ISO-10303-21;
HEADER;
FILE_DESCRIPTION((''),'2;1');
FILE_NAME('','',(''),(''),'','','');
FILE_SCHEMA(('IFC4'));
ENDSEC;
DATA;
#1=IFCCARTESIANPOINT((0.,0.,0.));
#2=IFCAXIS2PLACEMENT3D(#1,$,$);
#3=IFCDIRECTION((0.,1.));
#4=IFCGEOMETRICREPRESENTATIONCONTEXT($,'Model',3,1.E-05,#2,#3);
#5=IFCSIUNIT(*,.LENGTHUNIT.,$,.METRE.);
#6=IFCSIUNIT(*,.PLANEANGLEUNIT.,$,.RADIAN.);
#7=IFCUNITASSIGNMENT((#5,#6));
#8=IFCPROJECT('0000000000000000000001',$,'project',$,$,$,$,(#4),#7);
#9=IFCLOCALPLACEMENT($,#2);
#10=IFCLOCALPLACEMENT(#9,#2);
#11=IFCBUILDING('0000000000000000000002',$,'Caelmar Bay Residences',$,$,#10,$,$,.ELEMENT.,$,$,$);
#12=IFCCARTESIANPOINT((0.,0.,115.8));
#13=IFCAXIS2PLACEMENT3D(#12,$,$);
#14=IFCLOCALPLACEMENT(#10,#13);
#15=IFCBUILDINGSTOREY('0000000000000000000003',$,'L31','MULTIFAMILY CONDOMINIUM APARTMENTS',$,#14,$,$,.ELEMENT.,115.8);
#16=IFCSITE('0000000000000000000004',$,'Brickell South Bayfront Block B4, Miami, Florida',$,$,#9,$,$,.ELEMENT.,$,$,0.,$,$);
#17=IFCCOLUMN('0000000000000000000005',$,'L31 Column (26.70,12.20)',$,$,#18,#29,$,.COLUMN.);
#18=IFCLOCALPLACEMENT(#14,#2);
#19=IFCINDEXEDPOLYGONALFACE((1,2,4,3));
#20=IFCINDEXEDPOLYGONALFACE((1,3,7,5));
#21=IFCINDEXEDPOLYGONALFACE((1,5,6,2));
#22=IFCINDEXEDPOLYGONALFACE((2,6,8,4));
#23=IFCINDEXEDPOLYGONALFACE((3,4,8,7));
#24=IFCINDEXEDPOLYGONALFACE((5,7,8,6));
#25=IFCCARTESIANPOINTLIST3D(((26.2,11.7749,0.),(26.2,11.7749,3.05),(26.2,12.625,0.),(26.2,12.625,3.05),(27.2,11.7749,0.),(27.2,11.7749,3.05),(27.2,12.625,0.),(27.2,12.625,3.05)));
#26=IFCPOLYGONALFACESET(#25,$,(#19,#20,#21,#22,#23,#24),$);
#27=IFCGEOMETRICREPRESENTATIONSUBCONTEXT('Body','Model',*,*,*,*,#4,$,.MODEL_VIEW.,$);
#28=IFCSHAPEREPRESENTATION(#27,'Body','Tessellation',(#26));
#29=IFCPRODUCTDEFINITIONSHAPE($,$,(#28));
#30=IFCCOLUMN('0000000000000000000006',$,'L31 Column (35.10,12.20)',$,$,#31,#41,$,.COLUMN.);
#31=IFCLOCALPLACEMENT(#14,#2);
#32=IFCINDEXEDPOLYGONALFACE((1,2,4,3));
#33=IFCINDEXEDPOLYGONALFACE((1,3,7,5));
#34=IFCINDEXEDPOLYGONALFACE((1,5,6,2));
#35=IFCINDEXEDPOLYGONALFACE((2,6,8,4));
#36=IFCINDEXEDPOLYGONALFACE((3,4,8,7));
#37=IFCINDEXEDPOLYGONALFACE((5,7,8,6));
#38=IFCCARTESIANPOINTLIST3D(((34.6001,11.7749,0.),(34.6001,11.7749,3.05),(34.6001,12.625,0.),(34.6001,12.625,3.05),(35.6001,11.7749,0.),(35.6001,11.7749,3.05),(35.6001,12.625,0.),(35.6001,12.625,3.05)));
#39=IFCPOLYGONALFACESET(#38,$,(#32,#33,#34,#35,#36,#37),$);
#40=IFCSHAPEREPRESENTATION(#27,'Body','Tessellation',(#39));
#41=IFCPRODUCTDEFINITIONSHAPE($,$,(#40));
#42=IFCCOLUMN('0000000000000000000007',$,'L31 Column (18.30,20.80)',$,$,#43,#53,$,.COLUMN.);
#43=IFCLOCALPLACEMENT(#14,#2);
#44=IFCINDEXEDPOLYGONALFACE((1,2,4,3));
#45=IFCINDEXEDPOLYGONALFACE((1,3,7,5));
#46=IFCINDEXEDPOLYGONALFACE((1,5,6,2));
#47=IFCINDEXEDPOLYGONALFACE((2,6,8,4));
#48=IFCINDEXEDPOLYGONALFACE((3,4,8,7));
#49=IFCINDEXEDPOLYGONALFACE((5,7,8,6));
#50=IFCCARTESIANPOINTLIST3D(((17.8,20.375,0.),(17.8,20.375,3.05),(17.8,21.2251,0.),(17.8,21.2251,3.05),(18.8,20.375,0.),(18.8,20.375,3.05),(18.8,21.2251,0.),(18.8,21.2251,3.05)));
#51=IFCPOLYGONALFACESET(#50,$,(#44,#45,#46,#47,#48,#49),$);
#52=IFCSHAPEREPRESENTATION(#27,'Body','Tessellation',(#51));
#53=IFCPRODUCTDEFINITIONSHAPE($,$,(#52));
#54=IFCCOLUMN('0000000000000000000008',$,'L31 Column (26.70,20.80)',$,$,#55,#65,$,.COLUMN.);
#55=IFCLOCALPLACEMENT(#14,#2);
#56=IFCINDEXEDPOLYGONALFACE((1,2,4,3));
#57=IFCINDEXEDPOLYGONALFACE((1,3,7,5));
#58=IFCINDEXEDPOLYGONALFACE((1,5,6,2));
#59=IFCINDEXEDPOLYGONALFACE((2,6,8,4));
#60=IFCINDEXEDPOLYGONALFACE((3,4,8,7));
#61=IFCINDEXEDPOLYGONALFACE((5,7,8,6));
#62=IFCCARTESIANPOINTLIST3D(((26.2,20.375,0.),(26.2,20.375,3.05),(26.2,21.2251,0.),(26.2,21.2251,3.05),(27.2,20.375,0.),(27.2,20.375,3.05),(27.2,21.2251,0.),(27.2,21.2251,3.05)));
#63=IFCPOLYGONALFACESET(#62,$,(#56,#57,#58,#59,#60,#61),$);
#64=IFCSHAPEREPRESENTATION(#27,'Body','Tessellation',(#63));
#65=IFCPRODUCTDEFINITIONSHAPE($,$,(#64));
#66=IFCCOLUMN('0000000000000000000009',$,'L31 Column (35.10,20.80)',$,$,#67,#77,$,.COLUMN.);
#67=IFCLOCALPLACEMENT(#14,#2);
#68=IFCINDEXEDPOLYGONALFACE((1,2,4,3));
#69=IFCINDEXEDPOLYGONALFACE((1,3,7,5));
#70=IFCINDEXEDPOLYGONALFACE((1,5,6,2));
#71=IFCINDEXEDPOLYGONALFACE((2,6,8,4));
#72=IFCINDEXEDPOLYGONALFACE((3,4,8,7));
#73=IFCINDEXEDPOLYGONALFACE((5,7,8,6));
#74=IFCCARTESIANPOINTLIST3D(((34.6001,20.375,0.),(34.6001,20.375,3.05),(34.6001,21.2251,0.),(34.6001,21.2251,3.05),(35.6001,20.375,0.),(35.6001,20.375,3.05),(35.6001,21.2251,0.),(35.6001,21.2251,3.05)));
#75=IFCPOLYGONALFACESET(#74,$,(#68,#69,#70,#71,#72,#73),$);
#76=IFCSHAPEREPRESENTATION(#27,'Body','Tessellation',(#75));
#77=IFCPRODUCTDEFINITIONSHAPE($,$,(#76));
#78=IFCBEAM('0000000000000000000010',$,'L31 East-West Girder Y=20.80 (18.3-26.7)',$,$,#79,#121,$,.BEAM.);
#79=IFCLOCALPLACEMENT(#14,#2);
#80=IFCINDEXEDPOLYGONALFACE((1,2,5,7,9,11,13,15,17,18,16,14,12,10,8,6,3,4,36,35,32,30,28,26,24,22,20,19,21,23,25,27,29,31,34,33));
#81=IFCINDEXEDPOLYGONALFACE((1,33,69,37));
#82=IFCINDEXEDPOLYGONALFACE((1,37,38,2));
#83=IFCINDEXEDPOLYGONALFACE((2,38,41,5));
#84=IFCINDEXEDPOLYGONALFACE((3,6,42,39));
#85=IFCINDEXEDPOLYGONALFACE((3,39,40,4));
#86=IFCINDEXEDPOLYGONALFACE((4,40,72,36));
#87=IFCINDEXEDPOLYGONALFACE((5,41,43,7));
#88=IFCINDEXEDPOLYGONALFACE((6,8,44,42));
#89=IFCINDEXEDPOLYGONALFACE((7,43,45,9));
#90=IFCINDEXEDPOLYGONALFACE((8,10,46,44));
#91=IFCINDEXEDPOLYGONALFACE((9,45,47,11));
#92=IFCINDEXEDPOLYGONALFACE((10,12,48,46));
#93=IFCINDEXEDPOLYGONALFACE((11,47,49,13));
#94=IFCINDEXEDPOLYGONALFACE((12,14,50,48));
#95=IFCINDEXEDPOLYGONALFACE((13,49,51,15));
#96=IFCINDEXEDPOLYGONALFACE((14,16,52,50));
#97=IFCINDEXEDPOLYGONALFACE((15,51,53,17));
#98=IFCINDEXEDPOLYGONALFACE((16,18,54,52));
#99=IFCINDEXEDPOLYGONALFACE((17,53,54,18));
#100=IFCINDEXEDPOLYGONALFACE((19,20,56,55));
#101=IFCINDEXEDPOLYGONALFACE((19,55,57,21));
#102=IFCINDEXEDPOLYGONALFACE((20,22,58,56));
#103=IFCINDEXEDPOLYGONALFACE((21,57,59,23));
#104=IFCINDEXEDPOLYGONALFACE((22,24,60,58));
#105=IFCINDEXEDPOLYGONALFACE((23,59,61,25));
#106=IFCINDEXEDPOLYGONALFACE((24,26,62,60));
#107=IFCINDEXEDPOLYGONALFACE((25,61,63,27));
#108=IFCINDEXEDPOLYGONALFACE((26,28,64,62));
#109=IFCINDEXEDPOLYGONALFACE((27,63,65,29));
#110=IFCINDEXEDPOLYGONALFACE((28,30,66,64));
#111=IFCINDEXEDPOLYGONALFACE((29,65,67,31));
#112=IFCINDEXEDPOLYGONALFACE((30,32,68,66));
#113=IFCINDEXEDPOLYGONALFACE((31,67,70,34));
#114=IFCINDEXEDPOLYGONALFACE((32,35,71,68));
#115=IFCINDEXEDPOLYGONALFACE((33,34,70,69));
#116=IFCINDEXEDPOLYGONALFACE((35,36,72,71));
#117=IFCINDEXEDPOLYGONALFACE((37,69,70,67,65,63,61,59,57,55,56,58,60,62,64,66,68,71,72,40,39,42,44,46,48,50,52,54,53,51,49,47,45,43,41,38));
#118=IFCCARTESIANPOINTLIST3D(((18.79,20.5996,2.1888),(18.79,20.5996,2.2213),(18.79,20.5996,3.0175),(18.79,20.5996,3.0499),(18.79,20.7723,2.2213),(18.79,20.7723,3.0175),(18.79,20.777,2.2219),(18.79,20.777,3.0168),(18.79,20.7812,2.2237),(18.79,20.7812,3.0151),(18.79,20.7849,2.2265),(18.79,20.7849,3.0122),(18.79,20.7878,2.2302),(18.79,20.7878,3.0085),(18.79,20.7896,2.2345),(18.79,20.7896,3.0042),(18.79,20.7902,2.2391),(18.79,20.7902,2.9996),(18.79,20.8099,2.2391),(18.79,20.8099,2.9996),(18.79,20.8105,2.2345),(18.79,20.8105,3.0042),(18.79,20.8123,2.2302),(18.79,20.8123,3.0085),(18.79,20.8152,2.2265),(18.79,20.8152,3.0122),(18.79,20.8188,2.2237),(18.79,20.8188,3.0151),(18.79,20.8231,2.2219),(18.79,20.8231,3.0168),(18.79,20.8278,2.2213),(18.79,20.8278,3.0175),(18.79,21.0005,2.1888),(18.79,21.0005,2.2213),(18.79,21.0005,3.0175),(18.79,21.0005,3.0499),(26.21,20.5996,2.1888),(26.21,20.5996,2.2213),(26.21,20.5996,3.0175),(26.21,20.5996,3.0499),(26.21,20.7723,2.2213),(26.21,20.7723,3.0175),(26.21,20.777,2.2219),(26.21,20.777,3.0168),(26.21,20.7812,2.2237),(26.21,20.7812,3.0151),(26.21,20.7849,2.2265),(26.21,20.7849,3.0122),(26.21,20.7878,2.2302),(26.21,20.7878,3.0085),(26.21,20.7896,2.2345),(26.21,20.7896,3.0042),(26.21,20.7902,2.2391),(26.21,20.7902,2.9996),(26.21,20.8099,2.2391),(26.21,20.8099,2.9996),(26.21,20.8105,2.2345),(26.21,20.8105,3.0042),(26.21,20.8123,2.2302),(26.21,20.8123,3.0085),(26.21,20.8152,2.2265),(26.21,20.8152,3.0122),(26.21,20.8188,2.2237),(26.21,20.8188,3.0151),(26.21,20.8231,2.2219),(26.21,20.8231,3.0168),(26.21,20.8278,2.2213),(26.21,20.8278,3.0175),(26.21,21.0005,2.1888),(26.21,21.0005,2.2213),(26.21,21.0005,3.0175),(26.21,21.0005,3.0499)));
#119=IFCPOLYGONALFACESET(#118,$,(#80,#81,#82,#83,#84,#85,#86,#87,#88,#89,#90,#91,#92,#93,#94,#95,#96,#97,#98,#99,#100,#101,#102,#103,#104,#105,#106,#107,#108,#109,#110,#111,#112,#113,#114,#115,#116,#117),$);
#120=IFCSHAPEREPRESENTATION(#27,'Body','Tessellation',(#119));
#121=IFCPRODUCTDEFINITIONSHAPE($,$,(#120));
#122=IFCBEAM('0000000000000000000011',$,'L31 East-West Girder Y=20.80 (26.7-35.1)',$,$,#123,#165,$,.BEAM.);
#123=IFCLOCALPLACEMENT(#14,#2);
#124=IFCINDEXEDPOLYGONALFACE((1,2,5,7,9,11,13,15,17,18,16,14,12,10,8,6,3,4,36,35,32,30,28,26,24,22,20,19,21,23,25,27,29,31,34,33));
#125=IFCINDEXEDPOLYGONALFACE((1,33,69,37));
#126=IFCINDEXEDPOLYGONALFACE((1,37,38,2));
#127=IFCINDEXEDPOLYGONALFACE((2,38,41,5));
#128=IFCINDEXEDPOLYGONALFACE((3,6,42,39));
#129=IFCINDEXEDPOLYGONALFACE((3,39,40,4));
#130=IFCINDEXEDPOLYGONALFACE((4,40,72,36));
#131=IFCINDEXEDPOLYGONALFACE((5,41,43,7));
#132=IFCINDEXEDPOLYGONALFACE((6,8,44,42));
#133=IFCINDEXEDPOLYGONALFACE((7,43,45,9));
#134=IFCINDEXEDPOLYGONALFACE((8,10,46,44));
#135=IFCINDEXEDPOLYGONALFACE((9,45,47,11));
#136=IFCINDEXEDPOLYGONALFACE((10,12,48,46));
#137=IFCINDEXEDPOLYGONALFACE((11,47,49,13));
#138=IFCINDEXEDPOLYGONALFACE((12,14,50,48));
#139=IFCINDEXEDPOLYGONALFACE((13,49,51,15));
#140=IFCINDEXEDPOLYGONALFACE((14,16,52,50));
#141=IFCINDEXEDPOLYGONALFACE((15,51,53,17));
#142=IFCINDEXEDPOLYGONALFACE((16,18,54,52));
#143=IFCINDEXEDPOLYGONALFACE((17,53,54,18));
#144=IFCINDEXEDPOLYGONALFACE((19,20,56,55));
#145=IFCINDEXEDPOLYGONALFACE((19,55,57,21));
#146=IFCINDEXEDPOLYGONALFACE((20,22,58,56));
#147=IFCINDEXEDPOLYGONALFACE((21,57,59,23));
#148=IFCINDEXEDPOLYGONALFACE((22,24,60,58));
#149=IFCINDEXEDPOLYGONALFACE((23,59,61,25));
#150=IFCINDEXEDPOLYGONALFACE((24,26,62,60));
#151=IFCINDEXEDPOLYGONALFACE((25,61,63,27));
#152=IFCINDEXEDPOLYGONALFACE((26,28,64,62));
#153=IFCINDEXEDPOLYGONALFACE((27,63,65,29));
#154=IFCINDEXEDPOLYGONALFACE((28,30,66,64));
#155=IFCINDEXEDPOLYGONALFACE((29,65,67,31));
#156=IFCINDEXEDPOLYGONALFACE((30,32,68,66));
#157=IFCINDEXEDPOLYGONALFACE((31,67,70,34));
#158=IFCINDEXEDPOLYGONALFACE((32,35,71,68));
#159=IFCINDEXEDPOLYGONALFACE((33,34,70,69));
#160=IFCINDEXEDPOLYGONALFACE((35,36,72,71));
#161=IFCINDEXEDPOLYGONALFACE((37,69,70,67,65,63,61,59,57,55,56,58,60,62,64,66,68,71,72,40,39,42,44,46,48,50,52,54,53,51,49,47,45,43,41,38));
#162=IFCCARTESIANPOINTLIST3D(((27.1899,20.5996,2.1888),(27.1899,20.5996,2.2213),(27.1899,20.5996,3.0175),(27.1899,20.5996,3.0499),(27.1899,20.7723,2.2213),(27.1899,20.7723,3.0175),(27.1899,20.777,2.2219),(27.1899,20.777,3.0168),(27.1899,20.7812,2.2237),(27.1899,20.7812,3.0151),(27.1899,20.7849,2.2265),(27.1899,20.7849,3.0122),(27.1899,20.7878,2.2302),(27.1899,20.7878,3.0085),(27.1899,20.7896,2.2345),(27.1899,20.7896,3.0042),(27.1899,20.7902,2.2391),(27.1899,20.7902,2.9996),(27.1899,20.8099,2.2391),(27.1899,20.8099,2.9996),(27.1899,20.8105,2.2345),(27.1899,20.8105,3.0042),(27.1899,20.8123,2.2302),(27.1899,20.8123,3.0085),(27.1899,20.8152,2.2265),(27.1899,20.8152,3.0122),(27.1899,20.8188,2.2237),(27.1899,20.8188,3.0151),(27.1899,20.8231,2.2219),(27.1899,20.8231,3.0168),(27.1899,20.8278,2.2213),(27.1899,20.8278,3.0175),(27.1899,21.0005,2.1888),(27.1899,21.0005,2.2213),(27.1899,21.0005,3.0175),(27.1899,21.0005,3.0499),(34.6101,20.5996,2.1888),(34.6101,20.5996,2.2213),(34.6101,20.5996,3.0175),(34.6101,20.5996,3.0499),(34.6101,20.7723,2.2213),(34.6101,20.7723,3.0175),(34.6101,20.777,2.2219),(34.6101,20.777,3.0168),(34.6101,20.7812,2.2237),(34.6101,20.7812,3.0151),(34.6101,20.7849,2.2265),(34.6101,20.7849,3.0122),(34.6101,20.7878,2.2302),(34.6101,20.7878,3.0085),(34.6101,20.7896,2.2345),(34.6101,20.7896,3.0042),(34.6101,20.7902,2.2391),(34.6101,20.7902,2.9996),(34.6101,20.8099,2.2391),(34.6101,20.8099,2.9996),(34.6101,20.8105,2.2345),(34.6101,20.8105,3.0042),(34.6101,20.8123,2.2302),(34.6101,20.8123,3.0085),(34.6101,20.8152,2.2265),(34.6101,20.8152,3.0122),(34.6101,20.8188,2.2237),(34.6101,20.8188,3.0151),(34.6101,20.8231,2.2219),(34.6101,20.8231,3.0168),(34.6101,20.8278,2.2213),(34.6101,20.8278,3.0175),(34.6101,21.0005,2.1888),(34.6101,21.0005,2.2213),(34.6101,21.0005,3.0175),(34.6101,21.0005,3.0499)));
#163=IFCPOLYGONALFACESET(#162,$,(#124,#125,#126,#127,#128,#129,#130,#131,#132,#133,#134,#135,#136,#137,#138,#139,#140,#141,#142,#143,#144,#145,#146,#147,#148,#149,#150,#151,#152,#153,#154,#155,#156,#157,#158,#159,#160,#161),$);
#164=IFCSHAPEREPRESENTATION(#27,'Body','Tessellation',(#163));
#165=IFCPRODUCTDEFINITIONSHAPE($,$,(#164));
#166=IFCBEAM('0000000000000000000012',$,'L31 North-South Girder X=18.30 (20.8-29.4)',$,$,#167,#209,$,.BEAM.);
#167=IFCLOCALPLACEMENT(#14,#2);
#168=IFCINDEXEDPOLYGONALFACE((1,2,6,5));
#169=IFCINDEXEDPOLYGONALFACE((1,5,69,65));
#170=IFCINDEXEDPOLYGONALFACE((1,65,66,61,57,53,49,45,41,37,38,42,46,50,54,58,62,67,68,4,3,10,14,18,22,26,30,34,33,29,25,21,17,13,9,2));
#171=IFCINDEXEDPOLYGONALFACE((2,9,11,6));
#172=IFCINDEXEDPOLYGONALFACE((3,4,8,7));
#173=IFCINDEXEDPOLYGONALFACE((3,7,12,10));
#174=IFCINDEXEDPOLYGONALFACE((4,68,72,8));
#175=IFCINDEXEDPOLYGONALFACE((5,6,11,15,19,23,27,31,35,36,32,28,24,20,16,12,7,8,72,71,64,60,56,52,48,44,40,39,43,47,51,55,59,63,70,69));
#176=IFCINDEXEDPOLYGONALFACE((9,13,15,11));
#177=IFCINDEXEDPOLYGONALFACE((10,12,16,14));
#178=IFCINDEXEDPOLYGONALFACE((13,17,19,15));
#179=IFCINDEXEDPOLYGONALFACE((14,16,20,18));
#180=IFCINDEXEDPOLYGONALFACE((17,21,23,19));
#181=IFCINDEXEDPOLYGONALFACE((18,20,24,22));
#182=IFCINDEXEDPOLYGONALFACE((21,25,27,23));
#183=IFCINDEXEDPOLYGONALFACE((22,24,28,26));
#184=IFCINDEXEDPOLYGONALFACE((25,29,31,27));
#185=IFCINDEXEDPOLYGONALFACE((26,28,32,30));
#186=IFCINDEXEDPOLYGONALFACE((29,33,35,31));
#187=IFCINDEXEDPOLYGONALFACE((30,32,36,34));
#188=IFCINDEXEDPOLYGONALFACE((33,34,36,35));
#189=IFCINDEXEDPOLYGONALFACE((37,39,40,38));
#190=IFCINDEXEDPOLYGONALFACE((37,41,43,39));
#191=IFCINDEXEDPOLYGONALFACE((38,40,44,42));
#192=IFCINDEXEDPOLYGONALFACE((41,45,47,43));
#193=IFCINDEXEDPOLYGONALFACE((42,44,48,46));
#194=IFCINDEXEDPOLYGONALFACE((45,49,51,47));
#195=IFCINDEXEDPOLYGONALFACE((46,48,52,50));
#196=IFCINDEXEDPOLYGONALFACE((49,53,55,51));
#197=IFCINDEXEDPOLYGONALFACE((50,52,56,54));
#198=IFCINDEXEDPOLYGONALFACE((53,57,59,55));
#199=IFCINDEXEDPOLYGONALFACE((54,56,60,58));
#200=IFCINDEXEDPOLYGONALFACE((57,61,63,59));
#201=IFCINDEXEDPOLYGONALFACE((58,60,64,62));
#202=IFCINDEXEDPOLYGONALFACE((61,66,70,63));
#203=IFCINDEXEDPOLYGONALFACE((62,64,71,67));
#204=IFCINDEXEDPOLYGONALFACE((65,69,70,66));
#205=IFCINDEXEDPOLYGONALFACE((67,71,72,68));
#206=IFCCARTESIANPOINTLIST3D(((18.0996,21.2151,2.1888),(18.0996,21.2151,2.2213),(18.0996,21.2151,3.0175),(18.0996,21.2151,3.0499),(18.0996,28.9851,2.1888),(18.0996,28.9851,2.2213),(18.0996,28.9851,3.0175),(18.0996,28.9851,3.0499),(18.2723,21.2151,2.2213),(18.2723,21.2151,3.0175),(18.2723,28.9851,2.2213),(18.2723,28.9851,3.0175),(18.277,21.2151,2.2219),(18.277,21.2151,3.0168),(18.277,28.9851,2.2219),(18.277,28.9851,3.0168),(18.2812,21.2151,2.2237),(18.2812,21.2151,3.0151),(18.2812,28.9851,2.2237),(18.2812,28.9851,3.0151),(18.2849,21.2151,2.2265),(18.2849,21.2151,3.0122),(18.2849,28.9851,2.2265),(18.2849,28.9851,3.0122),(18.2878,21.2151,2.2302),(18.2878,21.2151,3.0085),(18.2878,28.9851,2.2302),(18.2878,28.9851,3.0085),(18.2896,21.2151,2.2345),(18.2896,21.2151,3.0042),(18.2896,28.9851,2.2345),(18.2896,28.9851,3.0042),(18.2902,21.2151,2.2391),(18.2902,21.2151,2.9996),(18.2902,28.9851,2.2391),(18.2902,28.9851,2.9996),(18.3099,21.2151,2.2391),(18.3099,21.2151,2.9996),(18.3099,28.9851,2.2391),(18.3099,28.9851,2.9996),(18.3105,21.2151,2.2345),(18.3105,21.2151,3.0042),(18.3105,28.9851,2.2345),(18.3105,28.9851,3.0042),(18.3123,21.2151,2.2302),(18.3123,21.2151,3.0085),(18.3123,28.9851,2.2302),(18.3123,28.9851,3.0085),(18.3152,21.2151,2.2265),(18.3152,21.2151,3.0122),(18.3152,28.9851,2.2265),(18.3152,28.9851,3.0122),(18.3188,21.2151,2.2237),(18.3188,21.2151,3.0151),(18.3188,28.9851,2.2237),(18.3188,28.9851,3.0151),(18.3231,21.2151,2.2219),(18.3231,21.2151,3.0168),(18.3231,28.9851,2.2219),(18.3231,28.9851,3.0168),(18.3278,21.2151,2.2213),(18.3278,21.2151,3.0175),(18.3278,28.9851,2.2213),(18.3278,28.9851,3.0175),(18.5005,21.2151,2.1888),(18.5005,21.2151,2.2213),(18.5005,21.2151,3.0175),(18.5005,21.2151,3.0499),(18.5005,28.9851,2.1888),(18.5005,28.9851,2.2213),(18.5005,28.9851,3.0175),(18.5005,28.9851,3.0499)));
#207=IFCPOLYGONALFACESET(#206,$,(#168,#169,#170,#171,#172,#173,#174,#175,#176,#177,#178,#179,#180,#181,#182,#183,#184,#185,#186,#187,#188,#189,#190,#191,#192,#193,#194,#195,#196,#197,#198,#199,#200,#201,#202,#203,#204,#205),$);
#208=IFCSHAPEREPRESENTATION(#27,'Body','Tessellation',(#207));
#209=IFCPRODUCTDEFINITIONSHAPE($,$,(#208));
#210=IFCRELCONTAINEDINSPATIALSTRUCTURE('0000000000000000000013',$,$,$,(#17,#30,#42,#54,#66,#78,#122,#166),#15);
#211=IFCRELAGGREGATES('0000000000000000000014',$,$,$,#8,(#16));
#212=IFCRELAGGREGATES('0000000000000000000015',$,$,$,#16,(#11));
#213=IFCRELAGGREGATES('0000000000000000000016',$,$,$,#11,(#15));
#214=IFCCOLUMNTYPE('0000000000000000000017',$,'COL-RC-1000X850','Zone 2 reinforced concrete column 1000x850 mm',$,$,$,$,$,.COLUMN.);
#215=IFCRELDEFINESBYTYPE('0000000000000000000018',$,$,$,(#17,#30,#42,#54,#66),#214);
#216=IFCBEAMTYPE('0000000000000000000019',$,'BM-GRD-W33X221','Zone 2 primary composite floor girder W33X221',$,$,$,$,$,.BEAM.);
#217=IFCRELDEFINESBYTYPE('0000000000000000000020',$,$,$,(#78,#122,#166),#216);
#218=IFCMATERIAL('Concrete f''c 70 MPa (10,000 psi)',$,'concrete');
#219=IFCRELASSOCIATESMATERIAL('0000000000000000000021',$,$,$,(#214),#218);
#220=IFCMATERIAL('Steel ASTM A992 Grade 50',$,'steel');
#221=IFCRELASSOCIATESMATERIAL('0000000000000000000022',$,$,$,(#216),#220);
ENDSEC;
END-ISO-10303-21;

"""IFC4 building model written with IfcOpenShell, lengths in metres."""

from ifc_helpers import new_model, si_unit, direction, frame, origin, origin_2d, place, context, subcontext, project, spatial, rectangle, i_section, extrude, material, material_profile, profile_set, type_object, element, save


model = new_model("IFC4")

# Units and contexts
model_context = context("Model", 3, precision=1e-05, world=origin(), true_north=direction((0.0, 1.0)))
body_context = subcontext(model_context, "Body", "Model", "MODEL_VIEW")
ifc_project = project(units=[si_unit("LENGTHUNIT", "METRE"), si_unit("PLANEANGLEUNIT", "RADIAN")], contexts=[model_context])

# Site, building, storey
site_placement = place(None, origin())
site = spatial("IfcSite", under=ifc_project, at=site_placement, Name="Brickell South Bayfront Block B4, Miami, Florida", CompositionType="ELEMENT", RefElevation=0.0)
building_placement = place(site_placement, origin())
building = spatial("IfcBuilding", under=site, at=building_placement, Name="Caelmar Bay Residences", CompositionType="ELEMENT")
storey_placement = place(building_placement, frame((0.0, 0.0, 115.8)))
storey = spatial("IfcBuildingStorey", under=building, at=storey_placement, Name="L31", Description="MULTIFAMILY CONDOMINIUM APARTMENTS", CompositionType="ELEMENT", Elevation=115.8)

# Columns
ifc_material_1 = material(Name="Concrete f'c 70 MPa (10,000 psi)", Category="concrete")
ifc_material_profile_1 = material_profile(ifc_material_1, rectangle(XDim=1.0, YDim=0.8501, at=origin_2d()), Name="RC-COL-1000X850")
ifc_profile_set_1 = profile_set([ifc_material_profile_1], Name="Concrete f'c 70 MPa (10,000 psi)")
column_type = type_object("IfcColumnType", Name="COL-RC-1000X850", Description="Zone 2 reinforced concrete column 1000x850 mm", PredefinedType="COLUMN", material=ifc_profile_set_1)
for number, where, z_axis, x_axis, name in (
    (1, (26.7, 12.2, 0.0), (0.0, 0.0, 1.0), (1.0, 0.0, 0.0), "L31 Column (26.70,12.20)"),
    (2, (35.1001, 12.2, 0.0), (0.0, 0.0, 1.0), (1.0, 0.0, 0.0), "L31 Column (35.10,12.20)"),
    (3, (18.3, 20.8, 0.0), (0.0, 0.0, 1.0), (1.0, 0.0, 0.0), "L31 Column (18.30,20.80)"),
    (4, (26.7, 20.8, 0.0), (0.0, 0.0, 1.0), (1.0, 0.0, 0.0), "L31 Column (26.70,20.80)"),
    (5, (35.1001, 20.8, 0.0), (0.0, 0.0, 1.0), (1.0, 0.0, 0.0), "L31 Column (35.10,20.80)"),
):
    element("IfcColumn", number, at=place(storey_placement, frame(where, z_axis=z_axis, x_axis=x_axis)), inside=storey, type_object=column_type, Name=name, PredefinedType="COLUMN", context=body_context, shape_type="SweptSolid", body=[
        extrude(rectangle(XDim=1.0, YDim=0.8501, at=origin_2d()), origin(), (0.0, 0.0, 1.0), 3.05),
    ])

# Beams
ifc_material_2 = material(Name="Steel ASTM A992 Grade 50", Category="steel")
ifc_material_profile_2 = material_profile(ifc_material_2, i_section(OverallWidth=0.4009, OverallDepth=0.8611, WebThickness=0.0198, FlangeThickness=0.0325, FilletRadius=0.0178, at=origin_2d()), Name="W33X221")
ifc_profile_set_2 = profile_set([ifc_material_profile_2], Name="Steel ASTM A992 Grade 50")
beam_type_1 = type_object("IfcBeamType", Name="BM-GRD-W33X221", Description="Zone 2 primary composite floor girder W33X221", PredefinedType="BEAM", material=ifc_profile_set_2)
beam_1_placement = place(storey_placement, frame((18.79, 20.8, 2.6194), z_axis=(1.0, 0.0, 0.0), x_axis=(0.0, 1.0, 0.0)))
element("IfcBeam", 6, at=beam_1_placement, inside=storey, type_object=beam_type_1, Name="L31 East-West Girder Y=20.80 (18.3-26.7)", PredefinedType="BEAM", context=body_context, shape_type="SweptSolid", body=[
    extrude(i_section(OverallWidth=0.4009, OverallDepth=0.8611, WebThickness=0.0198, FlangeThickness=0.0325, FilletRadius=0.0178, at=origin_2d()), origin(), (0.0, 0.0, 1.0), 7.4199),
])
beam_2_placement = place(storey_placement, frame((27.1899, 20.8, 2.6194), z_axis=(1.0, 0.0, 0.0), x_axis=(0.0, 1.0, 0.0)))
element("IfcBeam", 7, at=beam_2_placement, inside=storey, type_object=beam_type_1, Name="L31 East-West Girder Y=20.80 (26.7-35.1)", PredefinedType="BEAM", context=body_context, shape_type="SweptSolid", body=[
    extrude(i_section(OverallWidth=0.4009, OverallDepth=0.8611, WebThickness=0.0198, FlangeThickness=0.0325, FilletRadius=0.0178, at=origin_2d()), origin(), (0.0, 0.0, 1.0), 7.4202),
])
for number, where, z_axis, x_axis, name in (
    (8, (18.3, 21.2151, 2.6194), (0.0, 1.0, 0.0), (-1.0, 0.0, 0.0), "L31 North-South Girder X=18.30 (20.8-29.4)"),
):
    element("IfcBeam", number, at=place(storey_placement, frame(where, z_axis=z_axis, x_axis=x_axis)), inside=storey, type_object=beam_type_1, Name=name, PredefinedType="BEAM", context=body_context, shape_type="SweptSolid", body=[
        extrude(i_section(OverallWidth=0.4009, OverallDepth=0.8611, WebThickness=0.0198, FlangeThickness=0.0325, FilletRadius=0.0178, at=origin_2d()), origin(), (0.0, 0.0, 1.0), 7.77),
    ])

save(model, "model.ifc")
